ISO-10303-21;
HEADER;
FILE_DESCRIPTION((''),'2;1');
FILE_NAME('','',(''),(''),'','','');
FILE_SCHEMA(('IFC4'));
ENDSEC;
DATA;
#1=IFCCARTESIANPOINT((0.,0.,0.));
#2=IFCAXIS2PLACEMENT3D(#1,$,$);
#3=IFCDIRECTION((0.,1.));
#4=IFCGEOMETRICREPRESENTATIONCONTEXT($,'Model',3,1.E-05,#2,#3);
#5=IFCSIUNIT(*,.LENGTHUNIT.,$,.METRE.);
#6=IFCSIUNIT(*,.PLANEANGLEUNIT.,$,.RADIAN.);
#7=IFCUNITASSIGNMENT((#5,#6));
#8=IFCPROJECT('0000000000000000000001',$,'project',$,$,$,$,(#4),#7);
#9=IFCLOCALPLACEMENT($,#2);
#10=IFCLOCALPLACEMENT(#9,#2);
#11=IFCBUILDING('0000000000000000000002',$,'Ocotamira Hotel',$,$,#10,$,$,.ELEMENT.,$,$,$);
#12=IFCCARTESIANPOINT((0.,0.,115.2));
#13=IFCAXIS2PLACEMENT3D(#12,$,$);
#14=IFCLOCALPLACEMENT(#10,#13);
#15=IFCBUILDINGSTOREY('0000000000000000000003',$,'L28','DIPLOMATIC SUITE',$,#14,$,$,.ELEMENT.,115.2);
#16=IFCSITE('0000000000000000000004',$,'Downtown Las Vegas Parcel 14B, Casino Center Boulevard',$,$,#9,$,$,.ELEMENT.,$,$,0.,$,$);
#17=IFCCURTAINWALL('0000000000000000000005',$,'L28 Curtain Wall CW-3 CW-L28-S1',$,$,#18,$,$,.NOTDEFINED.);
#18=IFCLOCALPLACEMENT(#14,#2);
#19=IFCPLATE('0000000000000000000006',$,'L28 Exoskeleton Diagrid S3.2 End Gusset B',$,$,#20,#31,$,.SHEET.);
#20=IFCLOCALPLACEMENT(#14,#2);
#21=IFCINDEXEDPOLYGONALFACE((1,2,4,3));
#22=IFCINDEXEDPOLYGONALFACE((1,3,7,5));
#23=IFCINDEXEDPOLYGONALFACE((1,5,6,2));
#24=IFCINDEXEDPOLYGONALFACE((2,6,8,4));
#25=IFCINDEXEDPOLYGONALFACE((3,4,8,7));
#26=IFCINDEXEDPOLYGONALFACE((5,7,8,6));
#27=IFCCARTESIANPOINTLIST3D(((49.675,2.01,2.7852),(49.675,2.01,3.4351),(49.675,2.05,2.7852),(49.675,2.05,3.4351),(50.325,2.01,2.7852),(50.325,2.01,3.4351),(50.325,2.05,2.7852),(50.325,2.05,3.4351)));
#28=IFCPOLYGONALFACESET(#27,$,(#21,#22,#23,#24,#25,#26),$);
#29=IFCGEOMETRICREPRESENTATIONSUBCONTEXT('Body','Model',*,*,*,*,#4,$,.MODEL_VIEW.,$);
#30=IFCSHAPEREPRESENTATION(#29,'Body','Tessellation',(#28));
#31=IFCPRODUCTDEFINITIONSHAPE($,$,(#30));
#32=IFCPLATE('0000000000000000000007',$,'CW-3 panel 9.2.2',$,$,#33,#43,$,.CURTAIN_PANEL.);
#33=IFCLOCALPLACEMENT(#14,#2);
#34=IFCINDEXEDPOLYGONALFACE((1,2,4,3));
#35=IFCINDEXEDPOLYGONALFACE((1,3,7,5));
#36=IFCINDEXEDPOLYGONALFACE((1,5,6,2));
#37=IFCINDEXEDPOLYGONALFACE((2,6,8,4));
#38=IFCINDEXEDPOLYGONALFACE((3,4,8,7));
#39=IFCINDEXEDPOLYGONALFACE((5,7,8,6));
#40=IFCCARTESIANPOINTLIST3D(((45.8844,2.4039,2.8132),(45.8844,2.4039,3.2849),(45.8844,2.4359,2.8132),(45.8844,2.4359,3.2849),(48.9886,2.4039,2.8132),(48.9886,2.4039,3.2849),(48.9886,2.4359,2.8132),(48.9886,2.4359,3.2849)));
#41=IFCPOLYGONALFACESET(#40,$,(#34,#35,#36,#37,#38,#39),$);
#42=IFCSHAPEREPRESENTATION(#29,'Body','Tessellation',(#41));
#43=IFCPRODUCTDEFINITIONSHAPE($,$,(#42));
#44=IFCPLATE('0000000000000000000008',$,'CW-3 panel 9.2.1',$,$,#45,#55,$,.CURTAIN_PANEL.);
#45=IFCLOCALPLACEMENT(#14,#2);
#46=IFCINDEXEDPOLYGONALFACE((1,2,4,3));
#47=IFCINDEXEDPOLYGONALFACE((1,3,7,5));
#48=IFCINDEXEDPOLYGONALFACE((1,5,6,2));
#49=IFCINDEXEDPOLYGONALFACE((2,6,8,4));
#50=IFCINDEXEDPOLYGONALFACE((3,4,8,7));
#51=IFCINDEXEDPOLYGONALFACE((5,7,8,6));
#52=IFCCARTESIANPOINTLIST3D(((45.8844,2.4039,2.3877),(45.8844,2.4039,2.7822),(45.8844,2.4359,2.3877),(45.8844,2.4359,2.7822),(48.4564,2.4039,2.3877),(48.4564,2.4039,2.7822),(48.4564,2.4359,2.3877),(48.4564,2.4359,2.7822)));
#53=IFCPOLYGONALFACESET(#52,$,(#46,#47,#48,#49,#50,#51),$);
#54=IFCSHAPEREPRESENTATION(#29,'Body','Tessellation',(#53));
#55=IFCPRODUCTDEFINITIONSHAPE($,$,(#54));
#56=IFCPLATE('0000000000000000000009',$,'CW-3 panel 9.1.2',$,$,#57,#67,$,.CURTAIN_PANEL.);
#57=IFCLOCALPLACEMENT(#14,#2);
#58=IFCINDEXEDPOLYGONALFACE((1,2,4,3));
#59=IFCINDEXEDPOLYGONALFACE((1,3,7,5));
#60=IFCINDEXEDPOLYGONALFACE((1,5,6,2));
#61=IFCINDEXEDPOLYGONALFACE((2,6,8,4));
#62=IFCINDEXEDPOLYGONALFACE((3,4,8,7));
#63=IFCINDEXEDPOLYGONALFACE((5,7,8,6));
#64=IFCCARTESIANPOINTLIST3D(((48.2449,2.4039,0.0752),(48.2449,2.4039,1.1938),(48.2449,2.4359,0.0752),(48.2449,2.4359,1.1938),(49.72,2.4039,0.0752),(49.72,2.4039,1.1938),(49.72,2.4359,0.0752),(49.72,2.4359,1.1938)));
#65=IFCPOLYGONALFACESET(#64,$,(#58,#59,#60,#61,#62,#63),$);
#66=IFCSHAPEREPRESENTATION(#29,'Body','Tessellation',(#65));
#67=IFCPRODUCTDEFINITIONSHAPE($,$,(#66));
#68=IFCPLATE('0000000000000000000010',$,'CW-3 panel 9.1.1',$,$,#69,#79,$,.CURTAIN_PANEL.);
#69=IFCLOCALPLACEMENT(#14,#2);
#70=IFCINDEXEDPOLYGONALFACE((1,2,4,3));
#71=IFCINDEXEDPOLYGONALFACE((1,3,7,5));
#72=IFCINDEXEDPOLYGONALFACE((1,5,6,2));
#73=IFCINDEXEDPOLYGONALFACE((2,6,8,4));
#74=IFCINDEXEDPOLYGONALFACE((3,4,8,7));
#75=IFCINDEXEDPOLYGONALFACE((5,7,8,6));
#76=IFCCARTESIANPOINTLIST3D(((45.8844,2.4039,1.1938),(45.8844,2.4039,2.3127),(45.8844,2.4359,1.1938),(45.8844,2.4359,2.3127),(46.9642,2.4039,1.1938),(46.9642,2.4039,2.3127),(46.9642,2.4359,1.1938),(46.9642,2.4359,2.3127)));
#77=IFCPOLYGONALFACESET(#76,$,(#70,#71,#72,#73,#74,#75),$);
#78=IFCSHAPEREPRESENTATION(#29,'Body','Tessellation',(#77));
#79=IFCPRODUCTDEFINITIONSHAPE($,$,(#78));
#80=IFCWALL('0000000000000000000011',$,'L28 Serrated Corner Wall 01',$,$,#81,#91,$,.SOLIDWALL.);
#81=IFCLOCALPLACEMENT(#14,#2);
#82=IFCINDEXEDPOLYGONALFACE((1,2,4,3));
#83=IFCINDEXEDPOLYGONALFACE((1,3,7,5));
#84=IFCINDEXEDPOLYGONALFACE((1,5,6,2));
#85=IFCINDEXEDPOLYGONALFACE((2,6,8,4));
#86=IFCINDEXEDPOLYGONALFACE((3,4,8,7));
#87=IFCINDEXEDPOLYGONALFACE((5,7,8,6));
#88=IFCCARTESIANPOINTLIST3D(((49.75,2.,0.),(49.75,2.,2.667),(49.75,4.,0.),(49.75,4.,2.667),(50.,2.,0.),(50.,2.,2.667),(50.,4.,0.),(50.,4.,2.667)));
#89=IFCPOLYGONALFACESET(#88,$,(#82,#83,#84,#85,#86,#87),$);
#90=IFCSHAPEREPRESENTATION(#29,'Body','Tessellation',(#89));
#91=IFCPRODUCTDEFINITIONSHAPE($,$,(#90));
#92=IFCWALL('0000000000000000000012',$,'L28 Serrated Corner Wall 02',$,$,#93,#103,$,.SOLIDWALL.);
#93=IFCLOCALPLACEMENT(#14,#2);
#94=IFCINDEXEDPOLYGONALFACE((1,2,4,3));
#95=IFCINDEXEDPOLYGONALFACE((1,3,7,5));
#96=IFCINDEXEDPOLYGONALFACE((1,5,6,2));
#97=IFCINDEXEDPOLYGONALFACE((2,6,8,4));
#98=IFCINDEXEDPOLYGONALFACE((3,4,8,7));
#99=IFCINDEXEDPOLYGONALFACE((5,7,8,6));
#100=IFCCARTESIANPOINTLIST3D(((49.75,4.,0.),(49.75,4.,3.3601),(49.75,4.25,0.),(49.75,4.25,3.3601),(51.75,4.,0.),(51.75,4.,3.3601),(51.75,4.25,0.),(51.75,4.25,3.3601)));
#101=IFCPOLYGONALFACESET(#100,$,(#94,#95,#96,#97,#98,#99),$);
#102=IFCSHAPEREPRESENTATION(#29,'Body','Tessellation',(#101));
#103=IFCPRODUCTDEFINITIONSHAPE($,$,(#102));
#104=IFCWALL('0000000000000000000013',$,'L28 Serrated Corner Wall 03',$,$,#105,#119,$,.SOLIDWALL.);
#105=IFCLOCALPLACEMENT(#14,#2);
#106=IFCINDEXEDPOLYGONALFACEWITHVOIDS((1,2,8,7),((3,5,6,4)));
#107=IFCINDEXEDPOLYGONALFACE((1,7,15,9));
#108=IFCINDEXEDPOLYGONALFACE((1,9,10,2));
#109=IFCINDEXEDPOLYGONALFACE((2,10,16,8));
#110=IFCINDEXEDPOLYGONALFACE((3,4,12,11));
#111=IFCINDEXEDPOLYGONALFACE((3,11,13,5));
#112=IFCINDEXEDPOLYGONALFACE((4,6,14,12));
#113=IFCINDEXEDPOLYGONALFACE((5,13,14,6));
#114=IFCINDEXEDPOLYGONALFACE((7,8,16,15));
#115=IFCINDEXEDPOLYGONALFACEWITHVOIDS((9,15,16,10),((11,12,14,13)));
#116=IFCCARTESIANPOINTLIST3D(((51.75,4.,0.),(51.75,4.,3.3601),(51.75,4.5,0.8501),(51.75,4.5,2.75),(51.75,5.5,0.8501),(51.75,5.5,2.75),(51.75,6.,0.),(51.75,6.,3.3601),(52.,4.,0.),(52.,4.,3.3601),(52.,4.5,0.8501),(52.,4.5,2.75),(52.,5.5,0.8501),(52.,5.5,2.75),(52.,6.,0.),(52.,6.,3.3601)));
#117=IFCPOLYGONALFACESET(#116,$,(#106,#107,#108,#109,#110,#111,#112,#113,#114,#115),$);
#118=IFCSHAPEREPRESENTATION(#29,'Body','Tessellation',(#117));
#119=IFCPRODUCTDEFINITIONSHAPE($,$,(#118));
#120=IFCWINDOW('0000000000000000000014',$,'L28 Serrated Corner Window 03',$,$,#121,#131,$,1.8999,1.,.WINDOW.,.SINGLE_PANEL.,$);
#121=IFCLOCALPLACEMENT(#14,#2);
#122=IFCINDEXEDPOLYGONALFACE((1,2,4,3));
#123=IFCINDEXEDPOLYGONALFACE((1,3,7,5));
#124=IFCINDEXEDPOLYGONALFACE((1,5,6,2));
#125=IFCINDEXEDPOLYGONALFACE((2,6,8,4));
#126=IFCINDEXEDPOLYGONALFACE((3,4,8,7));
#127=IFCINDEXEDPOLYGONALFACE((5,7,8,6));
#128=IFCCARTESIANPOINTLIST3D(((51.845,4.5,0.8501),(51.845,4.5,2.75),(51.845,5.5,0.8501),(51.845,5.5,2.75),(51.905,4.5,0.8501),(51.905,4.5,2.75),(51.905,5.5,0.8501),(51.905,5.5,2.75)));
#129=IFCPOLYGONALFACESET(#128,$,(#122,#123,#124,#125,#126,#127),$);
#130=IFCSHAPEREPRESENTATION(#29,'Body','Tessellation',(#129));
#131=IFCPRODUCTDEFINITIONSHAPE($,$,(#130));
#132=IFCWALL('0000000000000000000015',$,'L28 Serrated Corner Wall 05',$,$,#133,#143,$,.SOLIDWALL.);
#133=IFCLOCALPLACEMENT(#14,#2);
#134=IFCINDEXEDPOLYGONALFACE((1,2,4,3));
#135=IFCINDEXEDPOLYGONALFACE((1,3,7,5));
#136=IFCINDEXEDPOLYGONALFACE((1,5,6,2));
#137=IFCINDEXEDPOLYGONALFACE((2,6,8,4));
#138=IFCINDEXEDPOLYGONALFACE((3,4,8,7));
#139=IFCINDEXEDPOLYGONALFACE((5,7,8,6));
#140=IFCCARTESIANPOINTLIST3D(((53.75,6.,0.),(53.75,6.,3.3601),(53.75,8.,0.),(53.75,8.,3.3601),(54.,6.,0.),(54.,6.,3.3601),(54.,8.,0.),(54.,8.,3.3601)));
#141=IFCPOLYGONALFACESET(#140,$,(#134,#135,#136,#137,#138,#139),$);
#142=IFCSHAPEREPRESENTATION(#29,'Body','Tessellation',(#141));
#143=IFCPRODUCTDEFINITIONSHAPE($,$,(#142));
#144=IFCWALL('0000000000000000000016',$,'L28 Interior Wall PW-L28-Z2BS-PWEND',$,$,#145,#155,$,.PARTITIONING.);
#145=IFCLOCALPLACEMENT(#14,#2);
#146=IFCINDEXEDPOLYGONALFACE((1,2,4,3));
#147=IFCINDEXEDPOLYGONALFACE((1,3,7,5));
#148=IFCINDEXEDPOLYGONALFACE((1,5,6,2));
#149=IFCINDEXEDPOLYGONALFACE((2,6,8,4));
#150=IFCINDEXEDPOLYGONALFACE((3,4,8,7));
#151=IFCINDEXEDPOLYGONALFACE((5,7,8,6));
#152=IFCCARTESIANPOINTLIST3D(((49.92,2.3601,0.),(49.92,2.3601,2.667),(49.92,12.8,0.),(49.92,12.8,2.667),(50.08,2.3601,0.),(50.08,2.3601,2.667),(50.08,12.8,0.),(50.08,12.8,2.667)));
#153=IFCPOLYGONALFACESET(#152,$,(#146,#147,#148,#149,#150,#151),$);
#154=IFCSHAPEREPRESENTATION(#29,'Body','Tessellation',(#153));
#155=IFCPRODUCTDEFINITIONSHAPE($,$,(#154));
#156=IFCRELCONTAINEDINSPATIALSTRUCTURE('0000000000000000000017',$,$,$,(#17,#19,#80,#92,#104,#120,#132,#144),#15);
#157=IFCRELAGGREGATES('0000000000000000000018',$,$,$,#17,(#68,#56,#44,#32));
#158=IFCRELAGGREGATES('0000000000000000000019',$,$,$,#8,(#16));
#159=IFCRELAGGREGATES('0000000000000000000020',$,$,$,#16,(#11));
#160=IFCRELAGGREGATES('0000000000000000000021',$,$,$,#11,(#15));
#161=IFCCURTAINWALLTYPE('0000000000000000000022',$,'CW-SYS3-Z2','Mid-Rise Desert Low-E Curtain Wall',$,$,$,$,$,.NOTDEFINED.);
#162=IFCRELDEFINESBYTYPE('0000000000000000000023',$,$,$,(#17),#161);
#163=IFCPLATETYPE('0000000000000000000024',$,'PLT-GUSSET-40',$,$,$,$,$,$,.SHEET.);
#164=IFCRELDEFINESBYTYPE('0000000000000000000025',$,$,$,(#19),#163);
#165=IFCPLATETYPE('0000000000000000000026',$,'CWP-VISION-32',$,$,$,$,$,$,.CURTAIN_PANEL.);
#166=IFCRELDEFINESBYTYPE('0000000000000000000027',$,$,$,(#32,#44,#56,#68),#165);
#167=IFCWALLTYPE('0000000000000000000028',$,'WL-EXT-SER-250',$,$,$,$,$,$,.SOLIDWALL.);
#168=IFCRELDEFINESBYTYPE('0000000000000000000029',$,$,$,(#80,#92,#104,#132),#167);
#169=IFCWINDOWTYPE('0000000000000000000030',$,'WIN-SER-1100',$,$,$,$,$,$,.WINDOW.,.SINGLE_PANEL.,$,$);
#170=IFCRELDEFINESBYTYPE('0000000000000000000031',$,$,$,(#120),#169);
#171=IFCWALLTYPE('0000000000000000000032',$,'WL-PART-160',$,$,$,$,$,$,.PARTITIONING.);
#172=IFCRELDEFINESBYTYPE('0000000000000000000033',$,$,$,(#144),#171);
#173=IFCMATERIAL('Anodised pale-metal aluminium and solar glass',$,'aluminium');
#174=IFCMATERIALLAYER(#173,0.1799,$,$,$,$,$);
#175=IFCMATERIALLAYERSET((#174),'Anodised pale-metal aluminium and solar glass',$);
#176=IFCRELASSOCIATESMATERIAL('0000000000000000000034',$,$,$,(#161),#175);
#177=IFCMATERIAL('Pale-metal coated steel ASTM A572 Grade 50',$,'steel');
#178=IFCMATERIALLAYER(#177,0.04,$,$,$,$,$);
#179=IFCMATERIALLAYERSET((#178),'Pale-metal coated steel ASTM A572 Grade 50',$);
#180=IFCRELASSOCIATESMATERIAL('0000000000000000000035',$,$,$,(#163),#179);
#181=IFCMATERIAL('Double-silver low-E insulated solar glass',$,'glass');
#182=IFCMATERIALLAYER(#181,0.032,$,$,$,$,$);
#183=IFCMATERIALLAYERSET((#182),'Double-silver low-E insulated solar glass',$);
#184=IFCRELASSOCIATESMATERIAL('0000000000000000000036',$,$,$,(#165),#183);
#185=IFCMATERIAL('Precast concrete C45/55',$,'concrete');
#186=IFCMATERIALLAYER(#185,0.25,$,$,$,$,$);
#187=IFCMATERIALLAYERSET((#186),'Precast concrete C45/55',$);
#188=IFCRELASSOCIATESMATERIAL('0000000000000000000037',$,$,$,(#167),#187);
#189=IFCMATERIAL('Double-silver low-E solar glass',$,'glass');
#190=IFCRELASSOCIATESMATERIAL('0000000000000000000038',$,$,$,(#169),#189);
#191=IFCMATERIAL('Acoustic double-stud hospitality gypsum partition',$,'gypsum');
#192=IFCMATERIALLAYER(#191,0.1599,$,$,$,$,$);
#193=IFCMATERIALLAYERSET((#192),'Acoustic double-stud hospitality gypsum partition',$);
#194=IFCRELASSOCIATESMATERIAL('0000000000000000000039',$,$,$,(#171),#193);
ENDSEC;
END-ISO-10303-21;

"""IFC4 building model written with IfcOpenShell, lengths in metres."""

from ifc_helpers import new_model, si_unit, direction, frame, frame_2d, origin, origin_2d, place, context, subcontext, project, spatial, rectangle, extrude, source, transform, mapped, material, layer, layer_set, type_object, element, fill, aggregate, save


model = new_model("IFC4")

# Units and contexts
model_context = context("Model", 3, precision=1e-05, world=origin(), true_north=direction((0.0, 1.0)))
body_context = subcontext(model_context, "Body", "Model", "MODEL_VIEW")
ifc_project = project(units=[si_unit("LENGTHUNIT", "METRE"), si_unit("PLANEANGLEUNIT", "RADIAN")], contexts=[model_context])

# Site, building, storey
site_placement = place(None, origin())
site = spatial("IfcSite", under=ifc_project, at=site_placement, Name="Downtown Las Vegas Parcel 14B, Casino Center Boulevard", CompositionType="ELEMENT", RefElevation=0.0)
building_placement = place(site_placement, origin())
building = spatial("IfcBuilding", under=site, at=building_placement, Name="Ocotamira Hotel", CompositionType="ELEMENT")
storey_placement = place(building_placement, frame((0.0, 0.0, 115.2)))
storey = spatial("IfcBuildingStorey", under=building, at=storey_placement, Name="L28", Description="DIPLOMATIC SUITE", CompositionType="ELEMENT", Elevation=115.2)

# Curtain wall
ifc_material_1 = material(Name="Anodised pale-metal aluminium and solar glass", Category="aluminium")
ifc_layer_1 = layer(ifc_material_1, 0.1799)
ifc_layer_set_1 = layer_set([ifc_layer_1], Name="Anodised pale-metal aluminium and solar glass")
curtain_wall_type = type_object("IfcCurtainWallType", Name="CW-SYS3-Z2", Description="Mid-Rise Desert Low-E Curtain Wall", PredefinedType="NOTDEFINED", material=ifc_layer_set_1)
curtain_wall_placement = place(storey_placement, origin())
curtain_wall = element("IfcCurtainWall", 1, at=curtain_wall_placement, inside=storey, type_object=curtain_wall_type, Name="L28 Curtain Wall CW-3 CW-L28-S1", PredefinedType="NOTDEFINED")

# Plates
ifc_material_2 = material(Name="Pale-metal coated steel ASTM A572 Grade 50", Category="steel")
ifc_layer_2 = layer(ifc_material_2, 0.04)
ifc_layer_set_2 = layer_set([ifc_layer_2], Name="Pale-metal coated steel ASTM A572 Grade 50")
plate_type_1 = type_object("IfcPlateType", Name="PLT-GUSSET-40", PredefinedType="SHEET", material=ifc_layer_set_2)
shared_shape_1 = source(origin(), body_context, "Body", "SweptSolid", [
    extrude(rectangle(XDim=0.6499, YDim=0.04, at=origin_2d()), origin(), (0.0, 0.0, 1.0), 0.6499),
])
plate_1_placement = place(storey_placement, frame((50.0, 2.03, 2.7852), z_axis=(0.0, 0.0, 1.0), x_axis=(1.0, 0.0, 0.0)))
element("IfcPlate", 2, at=plate_1_placement, inside=storey, type_object=plate_type_1, Name="L28 Exoskeleton Diagrid S3.2 End Gusset B", PredefinedType="SHEET", context=body_context, shape_type="MappedRepresentation", body=[
    mapped(shared_shape_1, transform((0.0, 0.0, 0.0), scale=1.0)),
])
ifc_material_3 = material(Name="Double-silver low-E insulated solar glass", Category="glass")
ifc_layer_3 = layer(ifc_material_3, 0.032)
ifc_layer_set_3 = layer_set([ifc_layer_3], Name="Double-silver low-E insulated solar glass")
plate_type_2 = type_object("IfcPlateType", Name="CWP-VISION-32", PredefinedType="CURTAIN_PANEL", material=ifc_layer_set_3)
shared_shape_2 = source(origin(), body_context, "Body", "SweptSolid", [
    extrude(rectangle(XDim=3.1042, YDim=0.032, at=origin_2d()), origin(), (0.0, 0.0, 1.0), 0.4717),
])
plate_2_placement = place(storey_placement, frame((47.4365, 2.4199, 2.8132), z_axis=(0.0, 0.0, 1.0), x_axis=(1.0, 0.0, 0.0)))
plate_2 = element("IfcPlate", 3, at=plate_2_placement, type_object=plate_type_2, Name="CW-3 panel 9.2.2", PredefinedType="CURTAIN_PANEL", context=body_context, shape_type="MappedRepresentation", body=[
    mapped(shared_shape_2, transform((0.0, 0.0, 0.0), scale=1.0)),
])
shared_shape_3 = source(origin(), body_context, "Body", "SweptSolid", [
    extrude(rectangle(XDim=2.572, YDim=0.032, at=origin_2d()), origin(), (0.0, 0.0, 1.0), 0.3945),
])
plate_3_placement = place(storey_placement, frame((47.1704, 2.4199, 2.3877), z_axis=(0.0, 0.0, 1.0), x_axis=(1.0, 0.0, 0.0)))
plate_3 = element("IfcPlate", 4, at=plate_3_placement, type_object=plate_type_2, Name="CW-3 panel 9.2.1", PredefinedType="CURTAIN_PANEL", context=body_context, shape_type="MappedRepresentation", body=[
    mapped(shared_shape_3, transform((0.0, 0.0, 0.0), scale=1.0)),
])
shared_shape_4 = source(origin(), body_context, "Body", "SweptSolid", [
    extrude(rectangle(XDim=1.4751, YDim=0.032, at=origin_2d()), origin(), (0.0, 0.0, 1.0), 1.1187),
])
plate_4_placement = place(storey_placement, frame((48.9824, 2.4199, 0.0752), z_axis=(0.0, 0.0, 1.0), x_axis=(1.0, 0.0, 0.0)))
plate_4 = element("IfcPlate", 5, at=plate_4_placement, type_object=plate_type_2, Name="CW-3 panel 9.1.2", PredefinedType="CURTAIN_PANEL", context=body_context, shape_type="MappedRepresentation", body=[
    mapped(shared_shape_4, transform((0.0, 0.0, 0.0), scale=1.0)),
])
shared_shape_5 = source(origin(), body_context, "Body", "SweptSolid", [
    extrude(rectangle(XDim=1.0798, YDim=0.032, at=origin_2d()), origin(), (0.0, 0.0, 1.0), 1.1189),
])
plate_5_placement = place(storey_placement, frame((46.4243, 2.4199, 1.1938), z_axis=(0.0, 0.0, 1.0), x_axis=(1.0, 0.0, 0.0)))
plate_5 = element("IfcPlate", 6, at=plate_5_placement, type_object=plate_type_2, Name="CW-3 panel 9.1.1", PredefinedType="CURTAIN_PANEL", context=body_context, shape_type="MappedRepresentation", body=[
    mapped(shared_shape_5, transform((0.0, 0.0, 0.0), scale=1.0)),
])
aggregate(curtain_wall, [plate_5, plate_4, plate_3, plate_2])

# Walls
ifc_material_4 = material(Name="Precast concrete C45/55", Category="concrete")
ifc_layer_4 = layer(ifc_material_4, 0.25)
ifc_layer_set_4 = layer_set([ifc_layer_4], Name="Precast concrete C45/55")
wall_type_1 = type_object("IfcWallType", Name="WL-EXT-SER-250", PredefinedType="SOLIDWALL", material=ifc_layer_set_4)
wall_1_placement = place(storey_placement, frame((49.875, 2.0, 0.0), z_axis=(0.0, 0.0, 1.0), x_axis=(0.0, 1.0, 0.0)))
element("IfcWall", 7, at=wall_1_placement, inside=storey, type_object=wall_type_1, Name="L28 Serrated Corner Wall 01", PredefinedType="SOLIDWALL", context=body_context, shape_type="SweptSolid", body=[
    extrude(rectangle(XDim=2.0, YDim=0.25, at=frame_2d((1.0, 0.0))), origin(), (0.0, 0.0, 1.0), 2.667),
])
wall_2_placement = place(storey_placement, frame((49.75, 4.125, 0.0), z_axis=(0.0, 0.0, 1.0), x_axis=(1.0, 0.0, 0.0)))
element("IfcWall", 8, at=wall_2_placement, inside=storey, type_object=wall_type_1, Name="L28 Serrated Corner Wall 02", PredefinedType="SOLIDWALL", context=body_context, shape_type="SweptSolid", body=[
    extrude(rectangle(XDim=2.0, YDim=0.25, at=frame_2d((1.0, 0.0))), origin(), (0.0, 0.0, 1.0), 3.3601),
])

# Wall, opening, window
wall_3_placement = place(storey_placement, frame((51.875, 4.0, 0.0), z_axis=(0.0, 0.0, 1.0), x_axis=(0.0, 1.0, 0.0)))
wall_3 = element("IfcWall", 9, at=wall_3_placement, inside=storey, type_object=wall_type_1, Name="L28 Serrated Corner Wall 03", PredefinedType="SOLIDWALL", context=body_context, shape_type="SweptSolid", body=[
    extrude(rectangle(XDim=2.0, YDim=0.25, at=frame_2d((1.0, 0.0))), origin(), (0.0, 0.0, 1.0), 3.3601),
])
opening_placement = place(wall_3_placement, frame((0.5, 0.0, 0.8501)))
opening = element("IfcOpeningElement", 10, at=opening_placement, cuts=wall_3, PredefinedType="OPENING", context=body_context, shape_type="SweptSolid", body=[
    extrude(rectangle(XDim=1.0, YDim=1.8999, at=frame_2d((0.5, 0.95))), frame((0.0, 0.135, 0.0), z_axis=(0.0, -1.0, 0.0), x_axis=(1.0, 0.0, 0.0)), (0.0, 0.0, 1.0), 0.27),
])
ifc_material_5 = material(Name="Double-silver low-E solar glass", Category="glass")
window_type = type_object("IfcWindowType", Name="WIN-SER-1100", PartitioningType="SINGLE_PANEL", PredefinedType="WINDOW", material=ifc_material_5)
shared_shape_6 = source(origin(), body_context, "Body", "SweptSolid", [
    extrude(rectangle(XDim=1.0, YDim=1.8999, at=frame_2d((0.5, 0.95))), frame((0.0, 0.03, 0.0), z_axis=(0.0, -1.0, 0.0), x_axis=(1.0, 0.0, 0.0)), (0.0, 0.0, 1.0), 0.0601),
])
window_placement = place(opening_placement, origin())
window = element("IfcWindow", 11, at=window_placement, inside=storey, type_object=window_type, Name="L28 Serrated Corner Window 03", OverallHeight=1.8999, OverallWidth=1.0, PartitioningType="SINGLE_PANEL", PredefinedType="WINDOW", context=body_context, shape_type="MappedRepresentation", body=[
    mapped(shared_shape_6, transform((0.0, 0.0, 0.0), scale=1.0)),
])
fill(opening, window)

# Walls
wall_4_placement = place(storey_placement, frame((53.875, 6.0, 0.0), z_axis=(0.0, 0.0, 1.0), x_axis=(0.0, 1.0, 0.0)))
element("IfcWall", 12, at=wall_4_placement, inside=storey, type_object=wall_type_1, Name="L28 Serrated Corner Wall 05", PredefinedType="SOLIDWALL", context=body_context, shape_type="SweptSolid", body=[
    extrude(rectangle(XDim=2.0, YDim=0.25, at=frame_2d((1.0, 0.0))), origin(), (0.0, 0.0, 1.0), 3.3601),
])
ifc_material_6 = material(Name="Acoustic double-stud hospitality gypsum partition", Category="gypsum")
ifc_layer_5 = layer(ifc_material_6, 0.1599)
ifc_layer_set_5 = layer_set([ifc_layer_5], Name="Acoustic double-stud hospitality gypsum partition")
wall_type_2 = type_object("IfcWallType", Name="WL-PART-160", PredefinedType="PARTITIONING", material=ifc_layer_set_5)
wall_5_placement = place(storey_placement, frame((50.0, 2.3601, 0.0), z_axis=(0.0, 0.0, 1.0), x_axis=(0.0, 1.0, 0.0)))
element("IfcWall", 13, at=wall_5_placement, inside=storey, type_object=wall_type_2, Name="L28 Interior Wall PW-L28-Z2BS-PWEND", PredefinedType="PARTITIONING", context=body_context, shape_type="SweptSolid", body=[
    extrude(rectangle(XDim=10.4399, YDim=0.1599, at=frame_2d((5.22, 0.0))), origin(), (0.0, 0.0, 1.0), 2.667),
])

save(model, "model.ifc")
